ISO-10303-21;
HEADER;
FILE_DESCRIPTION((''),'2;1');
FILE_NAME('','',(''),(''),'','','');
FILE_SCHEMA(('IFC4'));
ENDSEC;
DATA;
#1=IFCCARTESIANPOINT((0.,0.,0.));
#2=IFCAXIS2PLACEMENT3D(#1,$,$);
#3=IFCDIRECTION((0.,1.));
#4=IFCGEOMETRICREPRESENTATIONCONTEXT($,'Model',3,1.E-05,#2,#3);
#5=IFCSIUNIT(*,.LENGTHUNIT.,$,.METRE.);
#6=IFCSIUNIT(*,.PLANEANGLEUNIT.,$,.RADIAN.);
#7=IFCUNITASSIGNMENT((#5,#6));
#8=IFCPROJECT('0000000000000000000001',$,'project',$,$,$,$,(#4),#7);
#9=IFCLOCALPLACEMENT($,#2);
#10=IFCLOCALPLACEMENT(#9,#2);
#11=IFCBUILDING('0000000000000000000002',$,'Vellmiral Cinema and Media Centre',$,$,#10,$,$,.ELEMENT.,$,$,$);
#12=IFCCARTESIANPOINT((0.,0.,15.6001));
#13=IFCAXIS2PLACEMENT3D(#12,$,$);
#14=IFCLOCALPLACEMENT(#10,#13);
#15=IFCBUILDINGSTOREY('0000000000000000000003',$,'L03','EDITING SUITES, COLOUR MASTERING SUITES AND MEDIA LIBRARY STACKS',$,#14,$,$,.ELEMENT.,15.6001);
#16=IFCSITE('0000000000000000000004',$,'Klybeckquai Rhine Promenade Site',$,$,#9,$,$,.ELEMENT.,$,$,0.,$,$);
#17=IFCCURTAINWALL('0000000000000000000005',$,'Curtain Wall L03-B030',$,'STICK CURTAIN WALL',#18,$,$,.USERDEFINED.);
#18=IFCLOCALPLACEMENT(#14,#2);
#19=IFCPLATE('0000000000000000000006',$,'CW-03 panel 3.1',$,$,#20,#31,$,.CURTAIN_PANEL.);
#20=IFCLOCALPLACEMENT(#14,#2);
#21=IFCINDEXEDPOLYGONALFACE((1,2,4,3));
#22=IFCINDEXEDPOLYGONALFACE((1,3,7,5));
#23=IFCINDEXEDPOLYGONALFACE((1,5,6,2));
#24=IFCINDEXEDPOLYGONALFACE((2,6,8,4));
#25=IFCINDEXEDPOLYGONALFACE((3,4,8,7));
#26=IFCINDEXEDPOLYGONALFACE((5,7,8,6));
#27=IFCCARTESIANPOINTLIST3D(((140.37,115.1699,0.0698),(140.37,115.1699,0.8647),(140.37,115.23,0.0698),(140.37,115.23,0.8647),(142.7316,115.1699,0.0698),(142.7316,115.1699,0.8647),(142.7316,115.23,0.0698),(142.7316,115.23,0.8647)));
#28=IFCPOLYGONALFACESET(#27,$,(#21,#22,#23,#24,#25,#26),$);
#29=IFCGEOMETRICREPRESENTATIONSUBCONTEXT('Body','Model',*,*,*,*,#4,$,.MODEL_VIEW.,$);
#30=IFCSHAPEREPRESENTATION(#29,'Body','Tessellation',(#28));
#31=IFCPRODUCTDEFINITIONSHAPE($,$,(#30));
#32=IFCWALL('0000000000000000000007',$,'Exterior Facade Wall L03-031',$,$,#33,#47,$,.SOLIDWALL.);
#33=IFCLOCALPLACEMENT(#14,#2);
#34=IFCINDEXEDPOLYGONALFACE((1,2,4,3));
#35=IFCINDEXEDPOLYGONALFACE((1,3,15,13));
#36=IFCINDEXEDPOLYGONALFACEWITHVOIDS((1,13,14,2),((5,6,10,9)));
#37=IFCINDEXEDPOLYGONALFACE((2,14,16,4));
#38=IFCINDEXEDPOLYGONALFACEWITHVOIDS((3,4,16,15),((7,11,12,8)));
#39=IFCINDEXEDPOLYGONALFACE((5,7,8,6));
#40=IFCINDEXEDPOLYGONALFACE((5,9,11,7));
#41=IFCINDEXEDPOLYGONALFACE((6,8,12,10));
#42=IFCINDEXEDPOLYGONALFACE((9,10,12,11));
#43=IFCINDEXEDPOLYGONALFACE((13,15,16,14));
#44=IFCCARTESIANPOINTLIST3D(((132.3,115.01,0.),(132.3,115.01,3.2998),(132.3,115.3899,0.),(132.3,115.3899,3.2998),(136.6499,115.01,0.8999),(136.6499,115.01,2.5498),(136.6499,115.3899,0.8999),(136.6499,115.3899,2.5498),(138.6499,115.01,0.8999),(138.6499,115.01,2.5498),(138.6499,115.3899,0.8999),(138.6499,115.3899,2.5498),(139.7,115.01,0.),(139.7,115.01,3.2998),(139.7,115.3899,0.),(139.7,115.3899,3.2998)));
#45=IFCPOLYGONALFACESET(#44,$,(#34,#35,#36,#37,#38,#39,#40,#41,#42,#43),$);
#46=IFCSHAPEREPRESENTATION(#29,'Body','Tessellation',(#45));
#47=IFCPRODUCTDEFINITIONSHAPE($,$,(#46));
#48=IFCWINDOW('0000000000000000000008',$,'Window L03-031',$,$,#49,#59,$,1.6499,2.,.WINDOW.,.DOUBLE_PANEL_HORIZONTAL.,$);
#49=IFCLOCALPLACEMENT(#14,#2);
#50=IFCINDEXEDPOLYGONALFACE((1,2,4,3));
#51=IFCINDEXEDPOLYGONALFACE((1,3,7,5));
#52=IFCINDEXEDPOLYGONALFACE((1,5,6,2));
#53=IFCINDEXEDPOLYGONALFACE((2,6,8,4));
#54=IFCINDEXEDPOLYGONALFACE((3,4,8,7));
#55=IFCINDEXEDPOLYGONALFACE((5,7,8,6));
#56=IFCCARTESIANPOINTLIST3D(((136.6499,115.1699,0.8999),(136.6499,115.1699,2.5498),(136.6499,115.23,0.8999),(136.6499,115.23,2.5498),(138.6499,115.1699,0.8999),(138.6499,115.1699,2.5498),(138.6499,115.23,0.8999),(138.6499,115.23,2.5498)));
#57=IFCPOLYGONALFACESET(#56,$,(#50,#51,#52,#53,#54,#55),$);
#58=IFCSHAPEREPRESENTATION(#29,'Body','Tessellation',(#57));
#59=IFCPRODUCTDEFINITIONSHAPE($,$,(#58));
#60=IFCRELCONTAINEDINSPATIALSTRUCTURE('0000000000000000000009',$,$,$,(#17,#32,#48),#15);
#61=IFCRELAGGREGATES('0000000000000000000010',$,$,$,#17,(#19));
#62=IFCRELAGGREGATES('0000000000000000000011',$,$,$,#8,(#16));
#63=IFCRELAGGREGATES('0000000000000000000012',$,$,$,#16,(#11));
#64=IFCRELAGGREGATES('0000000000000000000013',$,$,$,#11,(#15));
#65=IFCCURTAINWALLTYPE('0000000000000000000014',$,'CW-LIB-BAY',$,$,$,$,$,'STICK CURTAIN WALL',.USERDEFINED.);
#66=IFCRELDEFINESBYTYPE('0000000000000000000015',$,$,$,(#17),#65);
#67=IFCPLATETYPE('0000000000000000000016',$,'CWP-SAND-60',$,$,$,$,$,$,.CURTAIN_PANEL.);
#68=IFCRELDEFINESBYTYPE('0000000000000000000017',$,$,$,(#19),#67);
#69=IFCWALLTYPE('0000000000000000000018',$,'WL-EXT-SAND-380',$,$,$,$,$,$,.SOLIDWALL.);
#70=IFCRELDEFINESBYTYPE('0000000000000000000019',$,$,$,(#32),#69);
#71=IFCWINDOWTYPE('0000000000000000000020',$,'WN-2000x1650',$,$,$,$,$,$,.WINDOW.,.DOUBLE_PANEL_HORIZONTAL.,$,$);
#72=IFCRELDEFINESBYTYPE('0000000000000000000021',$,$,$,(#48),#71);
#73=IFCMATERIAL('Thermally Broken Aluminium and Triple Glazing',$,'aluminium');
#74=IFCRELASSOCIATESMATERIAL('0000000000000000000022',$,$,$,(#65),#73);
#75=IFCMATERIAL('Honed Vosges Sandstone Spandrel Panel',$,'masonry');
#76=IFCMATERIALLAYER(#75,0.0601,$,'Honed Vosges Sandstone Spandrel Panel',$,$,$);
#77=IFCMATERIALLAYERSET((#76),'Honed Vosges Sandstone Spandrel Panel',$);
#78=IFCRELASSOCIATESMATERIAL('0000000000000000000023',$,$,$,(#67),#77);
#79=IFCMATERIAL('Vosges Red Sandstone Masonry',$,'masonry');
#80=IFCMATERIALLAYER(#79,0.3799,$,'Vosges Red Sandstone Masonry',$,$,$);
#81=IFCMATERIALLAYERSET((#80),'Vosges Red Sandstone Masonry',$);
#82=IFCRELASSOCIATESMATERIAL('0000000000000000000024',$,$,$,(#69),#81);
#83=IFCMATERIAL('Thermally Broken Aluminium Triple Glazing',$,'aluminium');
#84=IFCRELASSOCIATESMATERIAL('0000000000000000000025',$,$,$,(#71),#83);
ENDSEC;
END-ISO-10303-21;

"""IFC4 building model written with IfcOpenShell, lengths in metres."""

from ifc_helpers import new_model, si_unit, direction, frame, frame_2d, origin, origin_2d, place, context, subcontext, project, spatial, rectangle, extrude, material, layer, layer_set, type_object, element, fill, aggregate, save


model = new_model("IFC4")

# Units and contexts
model_context = context("Model", 3, precision=1e-05, world=origin(), true_north=direction((0.0, 1.0)))
body_context = subcontext(model_context, "Body", "Model", "MODEL_VIEW")
ifc_project = project(units=[si_unit("LENGTHUNIT", "METRE"), si_unit("PLANEANGLEUNIT", "RADIAN")], contexts=[model_context])

# Site, building, storey
site_placement = place(None, origin())
site = spatial("IfcSite", under=ifc_project, at=site_placement, Name="Klybeckquai Rhine Promenade Site", CompositionType="ELEMENT", RefElevation=0.0)
building_placement = place(site_placement, origin())
building = spatial("IfcBuilding", under=site, at=building_placement, Name="Vellmiral Cinema and Media Centre", CompositionType="ELEMENT")
storey_placement = place(building_placement, frame((0.0, 0.0, 15.6001)))
storey = spatial("IfcBuildingStorey", under=building, at=storey_placement, Name="L03", Description="EDITING SUITES, COLOUR MASTERING SUITES AND MEDIA LIBRARY STACKS", CompositionType="ELEMENT", Elevation=15.6001)

# Curtain wall
ifc_material_1 = material(Name="Thermally Broken Aluminium and Triple Glazing", Category="aluminium")
curtain_wall_type = type_object("IfcCurtainWallType", Name="CW-LIB-BAY", ElementType="STICK CURTAIN WALL", PredefinedType="USERDEFINED", material=ifc_material_1)
curtain_wall_placement = place(storey_placement, origin())
curtain_wall = element("IfcCurtainWall", 1, at=curtain_wall_placement, inside=storey, type_object=curtain_wall_type, Name="Curtain Wall L03-B030", ObjectType="STICK CURTAIN WALL", PredefinedType="USERDEFINED")

# Plate
ifc_material_2 = material(Name="Honed Vosges Sandstone Spandrel Panel", Category="masonry")
ifc_layer_1 = layer(ifc_material_2, 0.0601, Name="Honed Vosges Sandstone Spandrel Panel")
ifc_layer_set_1 = layer_set([ifc_layer_1], Name="Honed Vosges Sandstone Spandrel Panel")
plate_type_1 = type_object("IfcPlateType", Name="CWP-SAND-60", PredefinedType="CURTAIN_PANEL", material=ifc_layer_set_1)
plate_1_placement = place(storey_placement, frame((141.5508, 115.2, 0.0698), z_axis=(0.0, 0.0, 1.0), x_axis=(-1.0, 0.0, 0.0)))
plate_1 = element("IfcPlate", 2, at=plate_1_placement, type_object=plate_type_1, Name="CW-03 panel 3.1", PredefinedType="CURTAIN_PANEL", context=body_context, shape_type="SweptSolid", body=[
    extrude(rectangle(XDim=2.3616, YDim=0.0601, at=origin_2d()), origin(), (0.0, 0.0, 1.0), 0.7949),
])
aggregate(curtain_wall, [plate_1])

# Wall, opening, window
ifc_material_3 = material(Name="Vosges Red Sandstone Masonry", Category="masonry")
ifc_layer_2 = layer(ifc_material_3, 0.3799, Name="Vosges Red Sandstone Masonry")
ifc_layer_set_2 = layer_set([ifc_layer_2], Name="Vosges Red Sandstone Masonry")
wall_type = type_object("IfcWallType", Name="WL-EXT-SAND-380", PredefinedType="SOLIDWALL", material=ifc_layer_set_2)
wall_placement = place(storey_placement, frame((139.7, 115.2, 0.0), z_axis=(0.0, 0.0, 1.0), x_axis=(-1.0, 0.0, 0.0)))
wall = element("IfcWall", 3, at=wall_placement, inside=storey, type_object=wall_type, Name="Exterior Facade Wall L03-031", PredefinedType="SOLIDWALL", context=body_context, shape_type="SweptSolid", body=[
    extrude(rectangle(XDim=7.3999, YDim=0.3799, at=frame_2d((3.7, 0.0))), origin(), (0.0, 0.0, 1.0), 3.2998),
])
opening_placement = place(wall_placement, frame((1.05, 0.0, 0.8999)))
opening = element("IfcOpeningElement", 4, at=opening_placement, cuts=wall, PredefinedType="OPENING", context=body_context, shape_type="SweptSolid", body=[
    extrude(rectangle(XDim=2.0, YDim=1.6499, at=frame_2d((1.0, 0.825))), frame((0.0, 0.2019, 0.0), z_axis=(0.0, -1.0, 0.0), x_axis=(1.0, 0.0, 0.0)), (0.0, 0.0, 1.0), 0.4038),
])
ifc_material_4 = material(Name="Thermally Broken Aluminium Triple Glazing", Category="aluminium")
window_type = type_object("IfcWindowType", Name="WN-2000x1650", PartitioningType="DOUBLE_PANEL_HORIZONTAL", PredefinedType="WINDOW", material=ifc_material_4)
window_placement = place(opening_placement, origin())
window = element("IfcWindow", 5, at=window_placement, inside=storey, type_object=window_type, Name="Window L03-031", OverallHeight=1.6499, OverallWidth=2.0, PartitioningType="DOUBLE_PANEL_HORIZONTAL", PredefinedType="WINDOW", context=body_context, shape_type="SweptSolid", body=[
    extrude(rectangle(XDim=2.0, YDim=1.6499, at=frame_2d((1.0, 0.825))), frame((0.0, 0.03, 0.0), z_axis=(0.0, -1.0, 0.0), x_axis=(1.0, 0.0, 0.0)), (0.0, 0.0, 1.0), 0.0601),
])
fill(opening, window)

save(model, "model.ifc")
